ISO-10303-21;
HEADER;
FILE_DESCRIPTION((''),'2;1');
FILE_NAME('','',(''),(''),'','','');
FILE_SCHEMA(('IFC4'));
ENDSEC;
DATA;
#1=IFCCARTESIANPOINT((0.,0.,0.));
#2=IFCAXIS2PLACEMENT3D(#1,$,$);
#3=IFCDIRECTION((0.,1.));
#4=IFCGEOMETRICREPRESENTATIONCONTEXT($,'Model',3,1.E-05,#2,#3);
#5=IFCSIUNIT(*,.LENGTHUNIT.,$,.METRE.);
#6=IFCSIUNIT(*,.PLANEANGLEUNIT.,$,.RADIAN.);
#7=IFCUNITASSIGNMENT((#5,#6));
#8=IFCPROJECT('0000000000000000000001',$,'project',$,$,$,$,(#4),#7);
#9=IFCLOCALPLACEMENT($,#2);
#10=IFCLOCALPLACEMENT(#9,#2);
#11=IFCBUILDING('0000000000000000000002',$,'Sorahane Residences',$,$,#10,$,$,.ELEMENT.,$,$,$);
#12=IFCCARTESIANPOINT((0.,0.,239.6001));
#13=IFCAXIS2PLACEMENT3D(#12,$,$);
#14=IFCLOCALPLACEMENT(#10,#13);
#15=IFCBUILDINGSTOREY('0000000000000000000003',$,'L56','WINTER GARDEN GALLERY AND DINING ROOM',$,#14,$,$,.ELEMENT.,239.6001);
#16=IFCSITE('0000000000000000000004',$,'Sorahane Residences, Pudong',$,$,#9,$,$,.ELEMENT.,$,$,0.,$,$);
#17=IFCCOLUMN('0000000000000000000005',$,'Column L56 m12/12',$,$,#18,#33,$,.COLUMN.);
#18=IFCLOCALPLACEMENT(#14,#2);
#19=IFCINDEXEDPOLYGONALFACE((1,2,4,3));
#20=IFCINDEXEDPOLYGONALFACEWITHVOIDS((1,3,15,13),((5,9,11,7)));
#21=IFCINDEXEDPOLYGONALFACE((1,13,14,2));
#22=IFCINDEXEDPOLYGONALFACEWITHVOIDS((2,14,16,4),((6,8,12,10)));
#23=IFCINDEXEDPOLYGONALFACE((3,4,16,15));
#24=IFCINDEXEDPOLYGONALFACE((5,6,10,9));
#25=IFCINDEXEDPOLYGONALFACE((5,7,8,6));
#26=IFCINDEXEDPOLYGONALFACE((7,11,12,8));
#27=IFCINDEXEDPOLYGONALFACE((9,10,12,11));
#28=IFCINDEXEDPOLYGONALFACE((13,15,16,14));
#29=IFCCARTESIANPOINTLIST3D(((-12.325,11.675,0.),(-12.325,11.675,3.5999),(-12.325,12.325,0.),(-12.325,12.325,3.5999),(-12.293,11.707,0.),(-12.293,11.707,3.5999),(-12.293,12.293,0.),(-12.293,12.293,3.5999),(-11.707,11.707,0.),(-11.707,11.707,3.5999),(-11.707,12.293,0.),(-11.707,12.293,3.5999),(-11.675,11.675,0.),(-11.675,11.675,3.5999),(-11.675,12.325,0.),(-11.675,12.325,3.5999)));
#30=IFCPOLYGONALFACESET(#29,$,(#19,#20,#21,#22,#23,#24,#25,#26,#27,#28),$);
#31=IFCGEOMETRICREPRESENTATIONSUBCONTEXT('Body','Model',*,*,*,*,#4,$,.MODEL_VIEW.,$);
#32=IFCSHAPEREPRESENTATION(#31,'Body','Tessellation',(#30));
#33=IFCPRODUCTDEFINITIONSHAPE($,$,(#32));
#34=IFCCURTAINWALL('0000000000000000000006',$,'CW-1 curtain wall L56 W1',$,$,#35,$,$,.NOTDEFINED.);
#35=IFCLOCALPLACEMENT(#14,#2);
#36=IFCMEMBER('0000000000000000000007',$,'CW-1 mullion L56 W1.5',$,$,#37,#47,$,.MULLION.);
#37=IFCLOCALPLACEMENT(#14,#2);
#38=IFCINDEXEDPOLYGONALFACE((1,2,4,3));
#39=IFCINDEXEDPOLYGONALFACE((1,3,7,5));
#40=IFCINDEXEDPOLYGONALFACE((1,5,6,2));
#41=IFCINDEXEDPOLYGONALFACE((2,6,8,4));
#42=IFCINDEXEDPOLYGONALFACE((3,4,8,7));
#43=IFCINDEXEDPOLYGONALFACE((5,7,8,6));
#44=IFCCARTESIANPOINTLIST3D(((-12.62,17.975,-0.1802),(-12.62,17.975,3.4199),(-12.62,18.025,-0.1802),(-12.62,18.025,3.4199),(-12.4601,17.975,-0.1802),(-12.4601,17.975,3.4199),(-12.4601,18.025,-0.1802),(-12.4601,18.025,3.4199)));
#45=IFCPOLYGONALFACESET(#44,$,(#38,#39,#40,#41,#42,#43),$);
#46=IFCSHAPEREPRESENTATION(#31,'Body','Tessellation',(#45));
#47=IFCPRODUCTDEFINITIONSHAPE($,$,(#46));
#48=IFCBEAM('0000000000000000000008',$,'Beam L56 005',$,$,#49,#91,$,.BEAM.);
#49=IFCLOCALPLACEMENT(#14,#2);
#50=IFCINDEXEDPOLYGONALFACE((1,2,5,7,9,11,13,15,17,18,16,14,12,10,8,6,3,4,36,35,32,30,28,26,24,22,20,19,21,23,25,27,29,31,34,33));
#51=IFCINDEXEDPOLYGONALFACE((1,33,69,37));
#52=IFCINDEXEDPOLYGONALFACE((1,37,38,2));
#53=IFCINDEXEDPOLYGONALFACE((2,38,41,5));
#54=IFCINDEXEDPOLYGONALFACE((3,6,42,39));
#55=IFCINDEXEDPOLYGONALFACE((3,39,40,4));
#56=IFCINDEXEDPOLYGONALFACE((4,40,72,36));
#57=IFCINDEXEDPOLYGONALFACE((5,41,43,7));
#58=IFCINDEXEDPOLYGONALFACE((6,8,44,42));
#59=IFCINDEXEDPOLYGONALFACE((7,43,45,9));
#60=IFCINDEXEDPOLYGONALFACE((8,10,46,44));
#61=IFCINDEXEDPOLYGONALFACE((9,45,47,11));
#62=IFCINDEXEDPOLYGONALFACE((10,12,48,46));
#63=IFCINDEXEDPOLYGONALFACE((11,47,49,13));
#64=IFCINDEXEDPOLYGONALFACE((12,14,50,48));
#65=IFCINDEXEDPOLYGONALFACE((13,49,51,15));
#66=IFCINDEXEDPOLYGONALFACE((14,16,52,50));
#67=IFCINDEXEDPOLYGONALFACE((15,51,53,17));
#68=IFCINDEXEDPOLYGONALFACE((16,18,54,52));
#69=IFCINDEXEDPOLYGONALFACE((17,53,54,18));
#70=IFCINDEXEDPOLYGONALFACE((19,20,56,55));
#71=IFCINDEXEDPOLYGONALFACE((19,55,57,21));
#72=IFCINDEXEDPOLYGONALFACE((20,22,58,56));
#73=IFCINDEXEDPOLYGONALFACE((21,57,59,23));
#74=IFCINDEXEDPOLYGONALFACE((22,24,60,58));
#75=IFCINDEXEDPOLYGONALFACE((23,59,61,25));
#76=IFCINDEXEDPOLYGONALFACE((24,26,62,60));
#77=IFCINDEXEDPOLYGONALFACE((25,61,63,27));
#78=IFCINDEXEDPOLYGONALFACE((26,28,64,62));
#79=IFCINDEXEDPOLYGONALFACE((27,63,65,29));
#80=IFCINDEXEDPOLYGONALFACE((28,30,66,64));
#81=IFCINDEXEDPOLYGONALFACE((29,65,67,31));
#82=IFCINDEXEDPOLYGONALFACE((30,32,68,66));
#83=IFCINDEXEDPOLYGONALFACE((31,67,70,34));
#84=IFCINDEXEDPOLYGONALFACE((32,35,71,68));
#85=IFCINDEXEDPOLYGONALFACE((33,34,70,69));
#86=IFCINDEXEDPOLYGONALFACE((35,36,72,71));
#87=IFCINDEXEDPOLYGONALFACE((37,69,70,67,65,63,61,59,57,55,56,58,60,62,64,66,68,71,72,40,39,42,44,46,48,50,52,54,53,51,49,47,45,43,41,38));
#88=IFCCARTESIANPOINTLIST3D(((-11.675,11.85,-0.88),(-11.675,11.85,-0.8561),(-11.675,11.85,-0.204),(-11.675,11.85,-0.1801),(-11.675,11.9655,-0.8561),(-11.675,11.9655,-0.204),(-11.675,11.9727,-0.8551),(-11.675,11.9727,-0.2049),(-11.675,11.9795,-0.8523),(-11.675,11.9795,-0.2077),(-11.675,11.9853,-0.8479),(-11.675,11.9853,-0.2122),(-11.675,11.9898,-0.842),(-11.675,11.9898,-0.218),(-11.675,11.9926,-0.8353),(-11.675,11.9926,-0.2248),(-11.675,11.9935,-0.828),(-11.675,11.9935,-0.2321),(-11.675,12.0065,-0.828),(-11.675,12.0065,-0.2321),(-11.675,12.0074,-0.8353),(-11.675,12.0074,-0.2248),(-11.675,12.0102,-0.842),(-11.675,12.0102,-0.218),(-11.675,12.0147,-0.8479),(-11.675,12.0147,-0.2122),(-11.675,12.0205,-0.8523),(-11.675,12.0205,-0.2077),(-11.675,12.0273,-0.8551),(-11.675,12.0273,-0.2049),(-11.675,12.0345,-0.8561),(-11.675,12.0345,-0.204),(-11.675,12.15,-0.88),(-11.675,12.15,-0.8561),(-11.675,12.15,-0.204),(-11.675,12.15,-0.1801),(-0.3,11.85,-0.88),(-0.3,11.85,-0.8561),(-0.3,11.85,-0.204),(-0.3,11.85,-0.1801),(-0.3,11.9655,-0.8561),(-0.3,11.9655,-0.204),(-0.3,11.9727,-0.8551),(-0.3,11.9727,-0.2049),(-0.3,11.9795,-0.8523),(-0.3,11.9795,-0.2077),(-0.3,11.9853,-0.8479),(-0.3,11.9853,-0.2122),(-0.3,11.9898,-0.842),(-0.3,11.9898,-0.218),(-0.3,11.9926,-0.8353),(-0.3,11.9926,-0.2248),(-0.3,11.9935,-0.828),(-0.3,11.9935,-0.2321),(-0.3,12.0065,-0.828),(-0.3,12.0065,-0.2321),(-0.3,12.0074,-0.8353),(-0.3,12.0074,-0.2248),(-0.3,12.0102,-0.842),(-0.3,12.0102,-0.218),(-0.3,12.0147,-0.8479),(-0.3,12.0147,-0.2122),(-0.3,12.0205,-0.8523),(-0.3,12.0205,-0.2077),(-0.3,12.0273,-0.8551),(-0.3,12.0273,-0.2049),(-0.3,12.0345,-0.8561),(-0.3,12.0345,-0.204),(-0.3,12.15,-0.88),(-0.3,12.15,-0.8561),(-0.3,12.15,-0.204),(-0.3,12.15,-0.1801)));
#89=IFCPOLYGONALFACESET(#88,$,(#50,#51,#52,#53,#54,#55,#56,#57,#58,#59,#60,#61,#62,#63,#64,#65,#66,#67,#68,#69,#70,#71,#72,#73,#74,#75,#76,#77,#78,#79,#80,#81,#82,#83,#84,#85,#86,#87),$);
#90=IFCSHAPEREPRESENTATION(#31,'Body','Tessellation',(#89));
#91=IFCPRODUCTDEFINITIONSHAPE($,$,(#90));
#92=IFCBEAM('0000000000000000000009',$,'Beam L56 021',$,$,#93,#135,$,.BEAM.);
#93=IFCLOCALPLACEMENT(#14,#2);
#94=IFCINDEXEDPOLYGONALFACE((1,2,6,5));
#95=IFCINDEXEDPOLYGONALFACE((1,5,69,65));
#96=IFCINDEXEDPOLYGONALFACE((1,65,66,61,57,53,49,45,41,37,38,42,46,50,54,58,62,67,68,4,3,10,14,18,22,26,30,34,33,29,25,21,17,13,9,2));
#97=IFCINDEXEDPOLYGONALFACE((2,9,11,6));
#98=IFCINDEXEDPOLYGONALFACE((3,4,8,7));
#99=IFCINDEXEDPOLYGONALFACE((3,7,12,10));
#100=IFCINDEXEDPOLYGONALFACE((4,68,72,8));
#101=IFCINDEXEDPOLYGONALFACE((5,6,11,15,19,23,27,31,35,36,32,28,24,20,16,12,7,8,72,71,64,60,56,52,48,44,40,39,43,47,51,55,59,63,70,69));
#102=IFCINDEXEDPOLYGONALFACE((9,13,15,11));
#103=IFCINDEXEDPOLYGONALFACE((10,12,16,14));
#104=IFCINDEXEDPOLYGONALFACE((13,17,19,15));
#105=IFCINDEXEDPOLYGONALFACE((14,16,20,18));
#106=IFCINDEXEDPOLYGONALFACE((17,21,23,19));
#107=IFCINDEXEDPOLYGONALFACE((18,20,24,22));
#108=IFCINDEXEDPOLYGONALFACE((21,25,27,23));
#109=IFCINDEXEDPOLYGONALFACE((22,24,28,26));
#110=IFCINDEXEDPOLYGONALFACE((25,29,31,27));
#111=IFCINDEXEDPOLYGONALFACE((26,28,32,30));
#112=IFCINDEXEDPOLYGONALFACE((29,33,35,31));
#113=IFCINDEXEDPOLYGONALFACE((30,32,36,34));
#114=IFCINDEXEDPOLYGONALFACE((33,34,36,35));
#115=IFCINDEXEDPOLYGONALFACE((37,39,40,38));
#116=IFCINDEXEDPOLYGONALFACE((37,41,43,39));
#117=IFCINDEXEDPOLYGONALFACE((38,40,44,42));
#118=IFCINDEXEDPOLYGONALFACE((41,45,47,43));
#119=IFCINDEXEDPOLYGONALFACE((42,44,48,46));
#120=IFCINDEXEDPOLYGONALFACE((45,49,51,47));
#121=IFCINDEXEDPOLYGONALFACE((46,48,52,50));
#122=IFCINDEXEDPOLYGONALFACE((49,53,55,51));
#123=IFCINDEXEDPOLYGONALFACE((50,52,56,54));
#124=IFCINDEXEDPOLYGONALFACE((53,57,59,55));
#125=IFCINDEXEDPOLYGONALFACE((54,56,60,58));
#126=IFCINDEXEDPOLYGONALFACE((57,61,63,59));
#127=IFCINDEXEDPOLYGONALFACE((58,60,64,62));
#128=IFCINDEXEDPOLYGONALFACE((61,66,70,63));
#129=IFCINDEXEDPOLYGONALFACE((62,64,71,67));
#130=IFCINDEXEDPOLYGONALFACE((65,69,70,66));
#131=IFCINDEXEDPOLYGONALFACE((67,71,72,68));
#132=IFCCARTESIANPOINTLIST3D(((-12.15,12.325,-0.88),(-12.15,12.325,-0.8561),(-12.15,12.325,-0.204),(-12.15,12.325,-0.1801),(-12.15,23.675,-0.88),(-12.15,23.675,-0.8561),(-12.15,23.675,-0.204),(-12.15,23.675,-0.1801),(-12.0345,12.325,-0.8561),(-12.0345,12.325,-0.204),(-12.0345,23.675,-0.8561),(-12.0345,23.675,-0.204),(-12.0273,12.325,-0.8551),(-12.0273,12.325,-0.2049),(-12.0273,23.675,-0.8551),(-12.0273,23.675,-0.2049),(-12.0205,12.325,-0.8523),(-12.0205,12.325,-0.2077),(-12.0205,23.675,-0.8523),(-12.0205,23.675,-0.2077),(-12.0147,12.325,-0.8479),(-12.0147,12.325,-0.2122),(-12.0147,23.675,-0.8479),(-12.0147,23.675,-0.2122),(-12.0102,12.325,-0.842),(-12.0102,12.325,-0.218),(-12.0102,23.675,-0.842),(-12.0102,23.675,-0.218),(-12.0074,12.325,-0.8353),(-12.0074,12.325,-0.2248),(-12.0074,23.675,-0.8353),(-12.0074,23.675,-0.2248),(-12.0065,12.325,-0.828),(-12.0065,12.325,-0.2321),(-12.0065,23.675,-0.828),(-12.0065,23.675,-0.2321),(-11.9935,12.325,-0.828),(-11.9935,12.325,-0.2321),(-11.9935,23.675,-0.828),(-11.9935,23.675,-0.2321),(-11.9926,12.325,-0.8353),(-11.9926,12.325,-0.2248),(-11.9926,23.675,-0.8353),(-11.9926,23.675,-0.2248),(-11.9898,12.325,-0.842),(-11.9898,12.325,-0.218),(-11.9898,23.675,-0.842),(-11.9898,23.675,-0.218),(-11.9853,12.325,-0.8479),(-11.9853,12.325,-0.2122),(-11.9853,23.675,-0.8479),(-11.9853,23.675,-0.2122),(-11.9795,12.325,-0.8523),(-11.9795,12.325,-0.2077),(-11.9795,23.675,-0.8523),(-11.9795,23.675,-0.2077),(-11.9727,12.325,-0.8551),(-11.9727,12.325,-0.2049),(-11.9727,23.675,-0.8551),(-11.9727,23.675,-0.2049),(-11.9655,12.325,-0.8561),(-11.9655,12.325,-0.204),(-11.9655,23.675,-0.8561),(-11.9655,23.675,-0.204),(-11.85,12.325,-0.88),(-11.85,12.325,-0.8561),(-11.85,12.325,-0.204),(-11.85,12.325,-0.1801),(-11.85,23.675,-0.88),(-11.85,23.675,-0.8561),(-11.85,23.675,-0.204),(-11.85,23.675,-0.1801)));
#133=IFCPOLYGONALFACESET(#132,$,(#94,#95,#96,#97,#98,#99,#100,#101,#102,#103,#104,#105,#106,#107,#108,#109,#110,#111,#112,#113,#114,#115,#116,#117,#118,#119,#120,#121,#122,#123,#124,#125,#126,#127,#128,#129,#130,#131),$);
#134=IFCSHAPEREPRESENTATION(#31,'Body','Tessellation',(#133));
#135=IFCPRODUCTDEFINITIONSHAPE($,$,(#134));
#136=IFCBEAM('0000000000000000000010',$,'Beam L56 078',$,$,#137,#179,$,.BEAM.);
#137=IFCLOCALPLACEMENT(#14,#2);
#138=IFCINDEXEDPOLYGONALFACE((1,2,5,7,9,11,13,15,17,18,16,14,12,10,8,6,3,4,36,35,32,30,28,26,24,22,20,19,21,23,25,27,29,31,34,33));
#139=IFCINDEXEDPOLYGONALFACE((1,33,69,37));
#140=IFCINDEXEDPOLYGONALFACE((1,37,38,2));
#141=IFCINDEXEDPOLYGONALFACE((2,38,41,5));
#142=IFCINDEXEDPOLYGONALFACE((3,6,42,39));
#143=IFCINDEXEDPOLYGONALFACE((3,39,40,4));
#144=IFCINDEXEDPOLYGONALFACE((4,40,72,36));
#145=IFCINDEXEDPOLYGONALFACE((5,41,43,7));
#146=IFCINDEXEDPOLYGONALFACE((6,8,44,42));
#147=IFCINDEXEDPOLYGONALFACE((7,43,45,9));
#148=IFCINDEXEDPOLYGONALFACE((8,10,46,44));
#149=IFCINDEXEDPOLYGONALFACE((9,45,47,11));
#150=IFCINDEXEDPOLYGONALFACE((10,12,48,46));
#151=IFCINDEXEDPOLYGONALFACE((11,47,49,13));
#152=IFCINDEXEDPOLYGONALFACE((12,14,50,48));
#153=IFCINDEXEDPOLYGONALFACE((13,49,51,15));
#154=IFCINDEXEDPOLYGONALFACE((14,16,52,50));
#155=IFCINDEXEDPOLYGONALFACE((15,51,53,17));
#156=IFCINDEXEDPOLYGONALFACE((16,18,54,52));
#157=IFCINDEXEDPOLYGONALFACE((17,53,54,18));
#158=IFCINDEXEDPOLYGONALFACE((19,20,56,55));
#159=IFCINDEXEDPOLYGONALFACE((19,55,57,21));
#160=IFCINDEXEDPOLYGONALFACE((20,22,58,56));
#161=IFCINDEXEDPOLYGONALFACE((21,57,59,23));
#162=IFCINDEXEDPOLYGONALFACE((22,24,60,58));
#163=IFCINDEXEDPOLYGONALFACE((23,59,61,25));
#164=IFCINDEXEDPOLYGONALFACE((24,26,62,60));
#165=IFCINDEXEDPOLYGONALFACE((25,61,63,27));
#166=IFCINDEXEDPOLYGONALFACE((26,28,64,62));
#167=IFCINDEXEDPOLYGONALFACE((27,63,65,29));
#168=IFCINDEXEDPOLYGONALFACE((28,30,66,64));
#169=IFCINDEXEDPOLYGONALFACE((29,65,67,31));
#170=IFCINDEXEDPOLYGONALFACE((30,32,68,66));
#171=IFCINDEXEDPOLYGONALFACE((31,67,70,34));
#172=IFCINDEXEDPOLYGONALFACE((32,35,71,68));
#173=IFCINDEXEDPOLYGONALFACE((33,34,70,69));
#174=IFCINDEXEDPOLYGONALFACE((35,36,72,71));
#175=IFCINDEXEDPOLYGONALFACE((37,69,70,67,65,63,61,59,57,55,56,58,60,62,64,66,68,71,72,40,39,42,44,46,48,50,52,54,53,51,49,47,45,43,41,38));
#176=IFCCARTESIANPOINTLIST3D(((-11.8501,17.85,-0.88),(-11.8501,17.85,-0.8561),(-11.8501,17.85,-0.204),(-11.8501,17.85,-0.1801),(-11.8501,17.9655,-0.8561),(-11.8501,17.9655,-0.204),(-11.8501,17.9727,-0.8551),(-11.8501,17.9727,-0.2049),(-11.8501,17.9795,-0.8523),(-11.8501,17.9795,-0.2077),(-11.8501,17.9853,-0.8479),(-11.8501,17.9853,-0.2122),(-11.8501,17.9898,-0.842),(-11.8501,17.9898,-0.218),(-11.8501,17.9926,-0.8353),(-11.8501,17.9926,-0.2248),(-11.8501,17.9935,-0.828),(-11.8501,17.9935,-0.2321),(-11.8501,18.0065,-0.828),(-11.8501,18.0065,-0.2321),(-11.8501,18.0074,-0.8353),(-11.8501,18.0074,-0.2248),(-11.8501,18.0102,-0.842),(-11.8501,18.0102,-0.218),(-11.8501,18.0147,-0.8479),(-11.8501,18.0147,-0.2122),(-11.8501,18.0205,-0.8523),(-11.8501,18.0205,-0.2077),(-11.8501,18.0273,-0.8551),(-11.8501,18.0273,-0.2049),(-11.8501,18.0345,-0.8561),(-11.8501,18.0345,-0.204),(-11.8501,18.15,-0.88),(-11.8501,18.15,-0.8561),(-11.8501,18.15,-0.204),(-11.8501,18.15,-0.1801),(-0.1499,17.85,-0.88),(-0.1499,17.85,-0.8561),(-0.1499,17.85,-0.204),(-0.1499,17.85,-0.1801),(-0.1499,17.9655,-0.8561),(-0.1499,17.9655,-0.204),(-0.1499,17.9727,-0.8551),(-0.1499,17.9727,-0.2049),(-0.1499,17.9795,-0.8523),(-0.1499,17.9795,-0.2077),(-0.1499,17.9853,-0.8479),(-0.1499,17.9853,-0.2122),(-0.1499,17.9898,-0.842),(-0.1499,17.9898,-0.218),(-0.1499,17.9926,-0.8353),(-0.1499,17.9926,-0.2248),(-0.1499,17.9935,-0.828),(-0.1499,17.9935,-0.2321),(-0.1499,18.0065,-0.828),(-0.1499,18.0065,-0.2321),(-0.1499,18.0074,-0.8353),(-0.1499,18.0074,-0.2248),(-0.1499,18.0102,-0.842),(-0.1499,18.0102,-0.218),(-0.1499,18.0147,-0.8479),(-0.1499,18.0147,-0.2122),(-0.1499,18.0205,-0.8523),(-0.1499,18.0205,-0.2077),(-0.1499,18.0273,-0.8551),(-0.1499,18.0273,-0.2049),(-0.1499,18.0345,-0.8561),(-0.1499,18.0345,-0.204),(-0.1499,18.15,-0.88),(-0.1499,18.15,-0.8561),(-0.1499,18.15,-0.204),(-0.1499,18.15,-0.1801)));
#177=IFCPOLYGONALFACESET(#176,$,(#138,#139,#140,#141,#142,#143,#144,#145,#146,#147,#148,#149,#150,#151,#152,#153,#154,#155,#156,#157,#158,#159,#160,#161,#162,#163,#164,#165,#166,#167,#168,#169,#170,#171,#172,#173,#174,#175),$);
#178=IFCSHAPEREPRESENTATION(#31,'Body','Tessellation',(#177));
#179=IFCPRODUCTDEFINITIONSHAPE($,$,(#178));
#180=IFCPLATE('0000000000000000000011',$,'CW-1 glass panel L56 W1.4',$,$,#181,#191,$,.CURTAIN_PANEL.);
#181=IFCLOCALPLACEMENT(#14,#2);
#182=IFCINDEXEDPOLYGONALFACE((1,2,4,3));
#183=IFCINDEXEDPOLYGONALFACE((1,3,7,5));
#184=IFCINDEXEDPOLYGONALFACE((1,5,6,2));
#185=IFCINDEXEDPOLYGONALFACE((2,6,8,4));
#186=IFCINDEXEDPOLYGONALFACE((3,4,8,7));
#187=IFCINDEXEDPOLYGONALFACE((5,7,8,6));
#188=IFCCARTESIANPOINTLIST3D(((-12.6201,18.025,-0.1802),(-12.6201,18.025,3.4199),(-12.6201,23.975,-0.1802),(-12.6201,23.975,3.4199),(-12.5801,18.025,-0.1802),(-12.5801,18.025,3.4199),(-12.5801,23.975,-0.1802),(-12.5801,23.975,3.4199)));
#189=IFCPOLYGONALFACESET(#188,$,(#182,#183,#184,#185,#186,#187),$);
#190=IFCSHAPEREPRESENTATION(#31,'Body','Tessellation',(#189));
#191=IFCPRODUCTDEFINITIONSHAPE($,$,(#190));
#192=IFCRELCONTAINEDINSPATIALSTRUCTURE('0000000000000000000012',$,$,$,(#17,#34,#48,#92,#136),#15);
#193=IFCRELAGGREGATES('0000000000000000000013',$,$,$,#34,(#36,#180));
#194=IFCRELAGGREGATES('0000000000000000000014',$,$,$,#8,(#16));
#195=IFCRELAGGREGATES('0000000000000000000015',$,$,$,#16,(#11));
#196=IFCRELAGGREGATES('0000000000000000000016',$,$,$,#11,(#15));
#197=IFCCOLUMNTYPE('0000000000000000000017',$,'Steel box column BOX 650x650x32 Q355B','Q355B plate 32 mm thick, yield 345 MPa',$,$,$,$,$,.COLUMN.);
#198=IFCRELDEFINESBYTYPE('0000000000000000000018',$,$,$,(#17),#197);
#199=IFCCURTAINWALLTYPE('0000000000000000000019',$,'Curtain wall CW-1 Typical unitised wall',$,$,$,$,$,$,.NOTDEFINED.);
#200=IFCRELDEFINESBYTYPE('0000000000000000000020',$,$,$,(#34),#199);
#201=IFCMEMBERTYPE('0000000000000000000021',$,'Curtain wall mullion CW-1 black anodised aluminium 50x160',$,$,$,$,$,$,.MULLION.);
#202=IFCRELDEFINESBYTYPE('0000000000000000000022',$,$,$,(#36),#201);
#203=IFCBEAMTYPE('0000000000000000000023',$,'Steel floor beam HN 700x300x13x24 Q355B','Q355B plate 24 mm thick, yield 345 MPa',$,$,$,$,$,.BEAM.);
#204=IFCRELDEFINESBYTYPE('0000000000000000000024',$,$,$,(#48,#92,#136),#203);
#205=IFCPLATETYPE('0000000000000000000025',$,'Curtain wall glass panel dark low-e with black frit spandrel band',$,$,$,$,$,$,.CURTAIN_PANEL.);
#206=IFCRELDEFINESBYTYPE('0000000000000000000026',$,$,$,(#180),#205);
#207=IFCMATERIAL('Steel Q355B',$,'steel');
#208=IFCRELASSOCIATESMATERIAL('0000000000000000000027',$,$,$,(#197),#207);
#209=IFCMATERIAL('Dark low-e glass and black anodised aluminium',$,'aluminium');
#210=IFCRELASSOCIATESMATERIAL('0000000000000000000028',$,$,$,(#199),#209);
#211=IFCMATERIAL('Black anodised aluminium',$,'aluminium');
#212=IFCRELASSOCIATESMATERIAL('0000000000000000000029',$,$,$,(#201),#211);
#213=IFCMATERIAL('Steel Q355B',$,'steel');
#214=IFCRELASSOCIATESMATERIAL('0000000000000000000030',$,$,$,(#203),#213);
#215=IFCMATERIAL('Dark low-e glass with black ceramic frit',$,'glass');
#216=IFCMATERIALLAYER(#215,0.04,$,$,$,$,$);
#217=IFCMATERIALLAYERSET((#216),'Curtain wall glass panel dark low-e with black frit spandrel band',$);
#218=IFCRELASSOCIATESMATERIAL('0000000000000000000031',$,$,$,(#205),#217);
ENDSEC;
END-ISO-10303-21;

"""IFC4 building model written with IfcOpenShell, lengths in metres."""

from ifc_helpers import new_model, si_unit, direction, frame, origin, origin_2d, place, context, subcontext, project, spatial, rectangle, hollow_rectangle, i_section, extrude, material, layer, layer_set, material_profile, profile_set, type_object, element, aggregate, save


model = new_model("IFC4")

# Units and contexts
model_context = context("Model", 3, precision=1e-05, world=origin(), true_north=direction((0.0, 1.0)))
body_context = subcontext(model_context, "Body", "Model", "MODEL_VIEW")
ifc_project = project(units=[si_unit("LENGTHUNIT", "METRE"), si_unit("PLANEANGLEUNIT", "RADIAN")], contexts=[model_context])

# Site, building, storey
site_placement = place(None, origin())
site = spatial("IfcSite", under=ifc_project, at=site_placement, Name="Sorahane Residences, Pudong", CompositionType="ELEMENT", RefElevation=0.0)
building_placement = place(site_placement, origin())
building = spatial("IfcBuilding", under=site, at=building_placement, Name="Sorahane Residences", CompositionType="ELEMENT")
storey_placement = place(building_placement, frame((0.0, 0.0, 239.6001)))
storey = spatial("IfcBuildingStorey", under=building, at=storey_placement, Name="L56", Description="WINTER GARDEN GALLERY AND DINING ROOM", CompositionType="ELEMENT", Elevation=239.6001)

# Column
ifc_material_1 = material(Name="Steel Q355B", Category="steel")
ifc_material_profile_1 = material_profile(ifc_material_1, hollow_rectangle(XDim=0.6499, YDim=0.6499, WallThickness=0.032, at=origin_2d()), Name="BOX 650x650x32")
ifc_profile_set_1 = profile_set([ifc_material_profile_1], Name="Steel Q355B")
column_type = type_object("IfcColumnType", Name="Steel box column BOX 650x650x32 Q355B", Description="Q355B plate 32 mm thick, yield 345 MPa", PredefinedType="COLUMN", material=ifc_profile_set_1)
column_placement = place(storey_placement, frame((-12.0, 12.0, 0.0), z_axis=(0.0, 0.0, 1.0), x_axis=(1.0, 0.0, 0.0)))
element("IfcColumn", 1, at=column_placement, inside=storey, type_object=column_type, Name="Column L56 m12/12", PredefinedType="COLUMN", context=body_context, shape_type="SweptSolid", body=[
    extrude(hollow_rectangle(XDim=0.6499, YDim=0.6499, WallThickness=0.032, at=origin_2d()), origin(), (0.0, 0.0, 1.0), 3.5999),
])

# Curtain wall, member
ifc_material_2 = material(Name="Dark low-e glass and black anodised aluminium", Category="aluminium")
curtain_wall_type = type_object("IfcCurtainWallType", Name="Curtain wall CW-1 Typical unitised wall", PredefinedType="NOTDEFINED", material=ifc_material_2)
curtain_wall_placement = place(storey_placement, origin())
curtain_wall = element("IfcCurtainWall", 2, at=curtain_wall_placement, inside=storey, type_object=curtain_wall_type, Name="CW-1 curtain wall L56 W1", PredefinedType="NOTDEFINED")
ifc_material_3 = material(Name="Black anodised aluminium", Category="aluminium")
ifc_material_profile_2 = material_profile(ifc_material_3, rectangle(XDim=0.1599, YDim=0.05, at=origin_2d()), Name="Curtain wall mullion CW-1 black anodised aluminium 50x160")
ifc_profile_set_2 = profile_set([ifc_material_profile_2], Name="Black anodised aluminium")
member_type = type_object("IfcMemberType", Name="Curtain wall mullion CW-1 black anodised aluminium 50x160", PredefinedType="MULLION", material=ifc_profile_set_2)
member_placement = place(storey_placement, frame((-12.54, 18.0, -0.1802), z_axis=(0.0, 0.0, 1.0), x_axis=(-1.0, 0.0, 0.0)))
member = element("IfcMember", 3, at=member_placement, type_object=member_type, Name="CW-1 mullion L56 W1.5", PredefinedType="MULLION", context=body_context, shape_type="SweptSolid", body=[
    extrude(rectangle(XDim=0.1599, YDim=0.05, at=origin_2d()), origin(), (0.0, 0.0, 1.0), 3.6001),
])

# Beams
ifc_material_4 = material(Name="Steel Q355B", Category="steel")
ifc_material_profile_3 = material_profile(ifc_material_4, i_section(OverallWidth=0.3, OverallDepth=0.7, WebThickness=0.0129, FlangeThickness=0.0239, FilletRadius=0.0281, at=origin_2d()), Name="HN 700x300x13x24")
ifc_profile_set_3 = profile_set([ifc_material_profile_3], Name="Steel Q355B")
beam_type = type_object("IfcBeamType", Name="Steel floor beam HN 700x300x13x24 Q355B", Description="Q355B plate 24 mm thick, yield 345 MPa", PredefinedType="BEAM", material=ifc_profile_set_3)
beam_1_placement = place(storey_placement, frame((-11.675, 12.0, -0.53), z_axis=(1.0, 0.0, 0.0), x_axis=(0.0, 1.0, 0.0)))
element("IfcBeam", 4, at=beam_1_placement, inside=storey, type_object=beam_type, Name="Beam L56 005", PredefinedType="BEAM", context=body_context, shape_type="SweptSolid", body=[
    extrude(i_section(OverallWidth=0.3, OverallDepth=0.7, WebThickness=0.0129, FlangeThickness=0.0239, FilletRadius=0.0281, at=origin_2d()), origin(), (0.0, 0.0, 1.0), 11.375),
])
beam_2_placement = place(storey_placement, frame((-12.0, 12.325, -0.53), z_axis=(0.0, 1.0, 0.0), x_axis=(-1.0, 0.0, 0.0)))
element("IfcBeam", 5, at=beam_2_placement, inside=storey, type_object=beam_type, Name="Beam L56 021", PredefinedType="BEAM", context=body_context, shape_type="SweptSolid", body=[
    extrude(i_section(OverallWidth=0.3, OverallDepth=0.7, WebThickness=0.0129, FlangeThickness=0.0239, FilletRadius=0.0281, at=origin_2d()), origin(), (0.0, 0.0, 1.0), 11.3501),
])
beam_3_placement = place(storey_placement, frame((-11.8501, 18.0, -0.53), z_axis=(1.0, 0.0, 0.0), x_axis=(0.0, 1.0, 0.0)))
element("IfcBeam", 6, at=beam_3_placement, inside=storey, type_object=beam_type, Name="Beam L56 078", PredefinedType="BEAM", context=body_context, shape_type="SweptSolid", body=[
    extrude(i_section(OverallWidth=0.3, OverallDepth=0.7, WebThickness=0.0129, FlangeThickness=0.0239, FilletRadius=0.0281, at=origin_2d()), origin(), (0.0, 0.0, 1.0), 11.7002),
])

# Plate
ifc_material_5 = material(Name="Dark low-e glass with black ceramic frit", Category="glass")
ifc_layer_1 = layer(ifc_material_5, 0.04)
ifc_layer_set_1 = layer_set([ifc_layer_1], Name="Curtain wall glass panel dark low-e with black frit spandrel band")
plate_type = type_object("IfcPlateType", Name="Curtain wall glass panel dark low-e with black frit spandrel band", PredefinedType="CURTAIN_PANEL", material=ifc_layer_set_1)
plate_1_placement = place(storey_placement, frame((-12.6001, 21.0, -0.1802), z_axis=(0.0, 0.0, 1.0), x_axis=(0.0, -1.0, 0.0)))
plate_1 = element("IfcPlate", 7, at=plate_1_placement, type_object=plate_type, Name="CW-1 glass panel L56 W1.4", PredefinedType="CURTAIN_PANEL", context=body_context, shape_type="SweptSolid", body=[
    extrude(rectangle(XDim=5.95, YDim=0.04, at=origin_2d()), origin(), (0.0, 0.0, 1.0), 3.6001),
])
aggregate(curtain_wall, [member, plate_1])

save(model, "model.ifc")
